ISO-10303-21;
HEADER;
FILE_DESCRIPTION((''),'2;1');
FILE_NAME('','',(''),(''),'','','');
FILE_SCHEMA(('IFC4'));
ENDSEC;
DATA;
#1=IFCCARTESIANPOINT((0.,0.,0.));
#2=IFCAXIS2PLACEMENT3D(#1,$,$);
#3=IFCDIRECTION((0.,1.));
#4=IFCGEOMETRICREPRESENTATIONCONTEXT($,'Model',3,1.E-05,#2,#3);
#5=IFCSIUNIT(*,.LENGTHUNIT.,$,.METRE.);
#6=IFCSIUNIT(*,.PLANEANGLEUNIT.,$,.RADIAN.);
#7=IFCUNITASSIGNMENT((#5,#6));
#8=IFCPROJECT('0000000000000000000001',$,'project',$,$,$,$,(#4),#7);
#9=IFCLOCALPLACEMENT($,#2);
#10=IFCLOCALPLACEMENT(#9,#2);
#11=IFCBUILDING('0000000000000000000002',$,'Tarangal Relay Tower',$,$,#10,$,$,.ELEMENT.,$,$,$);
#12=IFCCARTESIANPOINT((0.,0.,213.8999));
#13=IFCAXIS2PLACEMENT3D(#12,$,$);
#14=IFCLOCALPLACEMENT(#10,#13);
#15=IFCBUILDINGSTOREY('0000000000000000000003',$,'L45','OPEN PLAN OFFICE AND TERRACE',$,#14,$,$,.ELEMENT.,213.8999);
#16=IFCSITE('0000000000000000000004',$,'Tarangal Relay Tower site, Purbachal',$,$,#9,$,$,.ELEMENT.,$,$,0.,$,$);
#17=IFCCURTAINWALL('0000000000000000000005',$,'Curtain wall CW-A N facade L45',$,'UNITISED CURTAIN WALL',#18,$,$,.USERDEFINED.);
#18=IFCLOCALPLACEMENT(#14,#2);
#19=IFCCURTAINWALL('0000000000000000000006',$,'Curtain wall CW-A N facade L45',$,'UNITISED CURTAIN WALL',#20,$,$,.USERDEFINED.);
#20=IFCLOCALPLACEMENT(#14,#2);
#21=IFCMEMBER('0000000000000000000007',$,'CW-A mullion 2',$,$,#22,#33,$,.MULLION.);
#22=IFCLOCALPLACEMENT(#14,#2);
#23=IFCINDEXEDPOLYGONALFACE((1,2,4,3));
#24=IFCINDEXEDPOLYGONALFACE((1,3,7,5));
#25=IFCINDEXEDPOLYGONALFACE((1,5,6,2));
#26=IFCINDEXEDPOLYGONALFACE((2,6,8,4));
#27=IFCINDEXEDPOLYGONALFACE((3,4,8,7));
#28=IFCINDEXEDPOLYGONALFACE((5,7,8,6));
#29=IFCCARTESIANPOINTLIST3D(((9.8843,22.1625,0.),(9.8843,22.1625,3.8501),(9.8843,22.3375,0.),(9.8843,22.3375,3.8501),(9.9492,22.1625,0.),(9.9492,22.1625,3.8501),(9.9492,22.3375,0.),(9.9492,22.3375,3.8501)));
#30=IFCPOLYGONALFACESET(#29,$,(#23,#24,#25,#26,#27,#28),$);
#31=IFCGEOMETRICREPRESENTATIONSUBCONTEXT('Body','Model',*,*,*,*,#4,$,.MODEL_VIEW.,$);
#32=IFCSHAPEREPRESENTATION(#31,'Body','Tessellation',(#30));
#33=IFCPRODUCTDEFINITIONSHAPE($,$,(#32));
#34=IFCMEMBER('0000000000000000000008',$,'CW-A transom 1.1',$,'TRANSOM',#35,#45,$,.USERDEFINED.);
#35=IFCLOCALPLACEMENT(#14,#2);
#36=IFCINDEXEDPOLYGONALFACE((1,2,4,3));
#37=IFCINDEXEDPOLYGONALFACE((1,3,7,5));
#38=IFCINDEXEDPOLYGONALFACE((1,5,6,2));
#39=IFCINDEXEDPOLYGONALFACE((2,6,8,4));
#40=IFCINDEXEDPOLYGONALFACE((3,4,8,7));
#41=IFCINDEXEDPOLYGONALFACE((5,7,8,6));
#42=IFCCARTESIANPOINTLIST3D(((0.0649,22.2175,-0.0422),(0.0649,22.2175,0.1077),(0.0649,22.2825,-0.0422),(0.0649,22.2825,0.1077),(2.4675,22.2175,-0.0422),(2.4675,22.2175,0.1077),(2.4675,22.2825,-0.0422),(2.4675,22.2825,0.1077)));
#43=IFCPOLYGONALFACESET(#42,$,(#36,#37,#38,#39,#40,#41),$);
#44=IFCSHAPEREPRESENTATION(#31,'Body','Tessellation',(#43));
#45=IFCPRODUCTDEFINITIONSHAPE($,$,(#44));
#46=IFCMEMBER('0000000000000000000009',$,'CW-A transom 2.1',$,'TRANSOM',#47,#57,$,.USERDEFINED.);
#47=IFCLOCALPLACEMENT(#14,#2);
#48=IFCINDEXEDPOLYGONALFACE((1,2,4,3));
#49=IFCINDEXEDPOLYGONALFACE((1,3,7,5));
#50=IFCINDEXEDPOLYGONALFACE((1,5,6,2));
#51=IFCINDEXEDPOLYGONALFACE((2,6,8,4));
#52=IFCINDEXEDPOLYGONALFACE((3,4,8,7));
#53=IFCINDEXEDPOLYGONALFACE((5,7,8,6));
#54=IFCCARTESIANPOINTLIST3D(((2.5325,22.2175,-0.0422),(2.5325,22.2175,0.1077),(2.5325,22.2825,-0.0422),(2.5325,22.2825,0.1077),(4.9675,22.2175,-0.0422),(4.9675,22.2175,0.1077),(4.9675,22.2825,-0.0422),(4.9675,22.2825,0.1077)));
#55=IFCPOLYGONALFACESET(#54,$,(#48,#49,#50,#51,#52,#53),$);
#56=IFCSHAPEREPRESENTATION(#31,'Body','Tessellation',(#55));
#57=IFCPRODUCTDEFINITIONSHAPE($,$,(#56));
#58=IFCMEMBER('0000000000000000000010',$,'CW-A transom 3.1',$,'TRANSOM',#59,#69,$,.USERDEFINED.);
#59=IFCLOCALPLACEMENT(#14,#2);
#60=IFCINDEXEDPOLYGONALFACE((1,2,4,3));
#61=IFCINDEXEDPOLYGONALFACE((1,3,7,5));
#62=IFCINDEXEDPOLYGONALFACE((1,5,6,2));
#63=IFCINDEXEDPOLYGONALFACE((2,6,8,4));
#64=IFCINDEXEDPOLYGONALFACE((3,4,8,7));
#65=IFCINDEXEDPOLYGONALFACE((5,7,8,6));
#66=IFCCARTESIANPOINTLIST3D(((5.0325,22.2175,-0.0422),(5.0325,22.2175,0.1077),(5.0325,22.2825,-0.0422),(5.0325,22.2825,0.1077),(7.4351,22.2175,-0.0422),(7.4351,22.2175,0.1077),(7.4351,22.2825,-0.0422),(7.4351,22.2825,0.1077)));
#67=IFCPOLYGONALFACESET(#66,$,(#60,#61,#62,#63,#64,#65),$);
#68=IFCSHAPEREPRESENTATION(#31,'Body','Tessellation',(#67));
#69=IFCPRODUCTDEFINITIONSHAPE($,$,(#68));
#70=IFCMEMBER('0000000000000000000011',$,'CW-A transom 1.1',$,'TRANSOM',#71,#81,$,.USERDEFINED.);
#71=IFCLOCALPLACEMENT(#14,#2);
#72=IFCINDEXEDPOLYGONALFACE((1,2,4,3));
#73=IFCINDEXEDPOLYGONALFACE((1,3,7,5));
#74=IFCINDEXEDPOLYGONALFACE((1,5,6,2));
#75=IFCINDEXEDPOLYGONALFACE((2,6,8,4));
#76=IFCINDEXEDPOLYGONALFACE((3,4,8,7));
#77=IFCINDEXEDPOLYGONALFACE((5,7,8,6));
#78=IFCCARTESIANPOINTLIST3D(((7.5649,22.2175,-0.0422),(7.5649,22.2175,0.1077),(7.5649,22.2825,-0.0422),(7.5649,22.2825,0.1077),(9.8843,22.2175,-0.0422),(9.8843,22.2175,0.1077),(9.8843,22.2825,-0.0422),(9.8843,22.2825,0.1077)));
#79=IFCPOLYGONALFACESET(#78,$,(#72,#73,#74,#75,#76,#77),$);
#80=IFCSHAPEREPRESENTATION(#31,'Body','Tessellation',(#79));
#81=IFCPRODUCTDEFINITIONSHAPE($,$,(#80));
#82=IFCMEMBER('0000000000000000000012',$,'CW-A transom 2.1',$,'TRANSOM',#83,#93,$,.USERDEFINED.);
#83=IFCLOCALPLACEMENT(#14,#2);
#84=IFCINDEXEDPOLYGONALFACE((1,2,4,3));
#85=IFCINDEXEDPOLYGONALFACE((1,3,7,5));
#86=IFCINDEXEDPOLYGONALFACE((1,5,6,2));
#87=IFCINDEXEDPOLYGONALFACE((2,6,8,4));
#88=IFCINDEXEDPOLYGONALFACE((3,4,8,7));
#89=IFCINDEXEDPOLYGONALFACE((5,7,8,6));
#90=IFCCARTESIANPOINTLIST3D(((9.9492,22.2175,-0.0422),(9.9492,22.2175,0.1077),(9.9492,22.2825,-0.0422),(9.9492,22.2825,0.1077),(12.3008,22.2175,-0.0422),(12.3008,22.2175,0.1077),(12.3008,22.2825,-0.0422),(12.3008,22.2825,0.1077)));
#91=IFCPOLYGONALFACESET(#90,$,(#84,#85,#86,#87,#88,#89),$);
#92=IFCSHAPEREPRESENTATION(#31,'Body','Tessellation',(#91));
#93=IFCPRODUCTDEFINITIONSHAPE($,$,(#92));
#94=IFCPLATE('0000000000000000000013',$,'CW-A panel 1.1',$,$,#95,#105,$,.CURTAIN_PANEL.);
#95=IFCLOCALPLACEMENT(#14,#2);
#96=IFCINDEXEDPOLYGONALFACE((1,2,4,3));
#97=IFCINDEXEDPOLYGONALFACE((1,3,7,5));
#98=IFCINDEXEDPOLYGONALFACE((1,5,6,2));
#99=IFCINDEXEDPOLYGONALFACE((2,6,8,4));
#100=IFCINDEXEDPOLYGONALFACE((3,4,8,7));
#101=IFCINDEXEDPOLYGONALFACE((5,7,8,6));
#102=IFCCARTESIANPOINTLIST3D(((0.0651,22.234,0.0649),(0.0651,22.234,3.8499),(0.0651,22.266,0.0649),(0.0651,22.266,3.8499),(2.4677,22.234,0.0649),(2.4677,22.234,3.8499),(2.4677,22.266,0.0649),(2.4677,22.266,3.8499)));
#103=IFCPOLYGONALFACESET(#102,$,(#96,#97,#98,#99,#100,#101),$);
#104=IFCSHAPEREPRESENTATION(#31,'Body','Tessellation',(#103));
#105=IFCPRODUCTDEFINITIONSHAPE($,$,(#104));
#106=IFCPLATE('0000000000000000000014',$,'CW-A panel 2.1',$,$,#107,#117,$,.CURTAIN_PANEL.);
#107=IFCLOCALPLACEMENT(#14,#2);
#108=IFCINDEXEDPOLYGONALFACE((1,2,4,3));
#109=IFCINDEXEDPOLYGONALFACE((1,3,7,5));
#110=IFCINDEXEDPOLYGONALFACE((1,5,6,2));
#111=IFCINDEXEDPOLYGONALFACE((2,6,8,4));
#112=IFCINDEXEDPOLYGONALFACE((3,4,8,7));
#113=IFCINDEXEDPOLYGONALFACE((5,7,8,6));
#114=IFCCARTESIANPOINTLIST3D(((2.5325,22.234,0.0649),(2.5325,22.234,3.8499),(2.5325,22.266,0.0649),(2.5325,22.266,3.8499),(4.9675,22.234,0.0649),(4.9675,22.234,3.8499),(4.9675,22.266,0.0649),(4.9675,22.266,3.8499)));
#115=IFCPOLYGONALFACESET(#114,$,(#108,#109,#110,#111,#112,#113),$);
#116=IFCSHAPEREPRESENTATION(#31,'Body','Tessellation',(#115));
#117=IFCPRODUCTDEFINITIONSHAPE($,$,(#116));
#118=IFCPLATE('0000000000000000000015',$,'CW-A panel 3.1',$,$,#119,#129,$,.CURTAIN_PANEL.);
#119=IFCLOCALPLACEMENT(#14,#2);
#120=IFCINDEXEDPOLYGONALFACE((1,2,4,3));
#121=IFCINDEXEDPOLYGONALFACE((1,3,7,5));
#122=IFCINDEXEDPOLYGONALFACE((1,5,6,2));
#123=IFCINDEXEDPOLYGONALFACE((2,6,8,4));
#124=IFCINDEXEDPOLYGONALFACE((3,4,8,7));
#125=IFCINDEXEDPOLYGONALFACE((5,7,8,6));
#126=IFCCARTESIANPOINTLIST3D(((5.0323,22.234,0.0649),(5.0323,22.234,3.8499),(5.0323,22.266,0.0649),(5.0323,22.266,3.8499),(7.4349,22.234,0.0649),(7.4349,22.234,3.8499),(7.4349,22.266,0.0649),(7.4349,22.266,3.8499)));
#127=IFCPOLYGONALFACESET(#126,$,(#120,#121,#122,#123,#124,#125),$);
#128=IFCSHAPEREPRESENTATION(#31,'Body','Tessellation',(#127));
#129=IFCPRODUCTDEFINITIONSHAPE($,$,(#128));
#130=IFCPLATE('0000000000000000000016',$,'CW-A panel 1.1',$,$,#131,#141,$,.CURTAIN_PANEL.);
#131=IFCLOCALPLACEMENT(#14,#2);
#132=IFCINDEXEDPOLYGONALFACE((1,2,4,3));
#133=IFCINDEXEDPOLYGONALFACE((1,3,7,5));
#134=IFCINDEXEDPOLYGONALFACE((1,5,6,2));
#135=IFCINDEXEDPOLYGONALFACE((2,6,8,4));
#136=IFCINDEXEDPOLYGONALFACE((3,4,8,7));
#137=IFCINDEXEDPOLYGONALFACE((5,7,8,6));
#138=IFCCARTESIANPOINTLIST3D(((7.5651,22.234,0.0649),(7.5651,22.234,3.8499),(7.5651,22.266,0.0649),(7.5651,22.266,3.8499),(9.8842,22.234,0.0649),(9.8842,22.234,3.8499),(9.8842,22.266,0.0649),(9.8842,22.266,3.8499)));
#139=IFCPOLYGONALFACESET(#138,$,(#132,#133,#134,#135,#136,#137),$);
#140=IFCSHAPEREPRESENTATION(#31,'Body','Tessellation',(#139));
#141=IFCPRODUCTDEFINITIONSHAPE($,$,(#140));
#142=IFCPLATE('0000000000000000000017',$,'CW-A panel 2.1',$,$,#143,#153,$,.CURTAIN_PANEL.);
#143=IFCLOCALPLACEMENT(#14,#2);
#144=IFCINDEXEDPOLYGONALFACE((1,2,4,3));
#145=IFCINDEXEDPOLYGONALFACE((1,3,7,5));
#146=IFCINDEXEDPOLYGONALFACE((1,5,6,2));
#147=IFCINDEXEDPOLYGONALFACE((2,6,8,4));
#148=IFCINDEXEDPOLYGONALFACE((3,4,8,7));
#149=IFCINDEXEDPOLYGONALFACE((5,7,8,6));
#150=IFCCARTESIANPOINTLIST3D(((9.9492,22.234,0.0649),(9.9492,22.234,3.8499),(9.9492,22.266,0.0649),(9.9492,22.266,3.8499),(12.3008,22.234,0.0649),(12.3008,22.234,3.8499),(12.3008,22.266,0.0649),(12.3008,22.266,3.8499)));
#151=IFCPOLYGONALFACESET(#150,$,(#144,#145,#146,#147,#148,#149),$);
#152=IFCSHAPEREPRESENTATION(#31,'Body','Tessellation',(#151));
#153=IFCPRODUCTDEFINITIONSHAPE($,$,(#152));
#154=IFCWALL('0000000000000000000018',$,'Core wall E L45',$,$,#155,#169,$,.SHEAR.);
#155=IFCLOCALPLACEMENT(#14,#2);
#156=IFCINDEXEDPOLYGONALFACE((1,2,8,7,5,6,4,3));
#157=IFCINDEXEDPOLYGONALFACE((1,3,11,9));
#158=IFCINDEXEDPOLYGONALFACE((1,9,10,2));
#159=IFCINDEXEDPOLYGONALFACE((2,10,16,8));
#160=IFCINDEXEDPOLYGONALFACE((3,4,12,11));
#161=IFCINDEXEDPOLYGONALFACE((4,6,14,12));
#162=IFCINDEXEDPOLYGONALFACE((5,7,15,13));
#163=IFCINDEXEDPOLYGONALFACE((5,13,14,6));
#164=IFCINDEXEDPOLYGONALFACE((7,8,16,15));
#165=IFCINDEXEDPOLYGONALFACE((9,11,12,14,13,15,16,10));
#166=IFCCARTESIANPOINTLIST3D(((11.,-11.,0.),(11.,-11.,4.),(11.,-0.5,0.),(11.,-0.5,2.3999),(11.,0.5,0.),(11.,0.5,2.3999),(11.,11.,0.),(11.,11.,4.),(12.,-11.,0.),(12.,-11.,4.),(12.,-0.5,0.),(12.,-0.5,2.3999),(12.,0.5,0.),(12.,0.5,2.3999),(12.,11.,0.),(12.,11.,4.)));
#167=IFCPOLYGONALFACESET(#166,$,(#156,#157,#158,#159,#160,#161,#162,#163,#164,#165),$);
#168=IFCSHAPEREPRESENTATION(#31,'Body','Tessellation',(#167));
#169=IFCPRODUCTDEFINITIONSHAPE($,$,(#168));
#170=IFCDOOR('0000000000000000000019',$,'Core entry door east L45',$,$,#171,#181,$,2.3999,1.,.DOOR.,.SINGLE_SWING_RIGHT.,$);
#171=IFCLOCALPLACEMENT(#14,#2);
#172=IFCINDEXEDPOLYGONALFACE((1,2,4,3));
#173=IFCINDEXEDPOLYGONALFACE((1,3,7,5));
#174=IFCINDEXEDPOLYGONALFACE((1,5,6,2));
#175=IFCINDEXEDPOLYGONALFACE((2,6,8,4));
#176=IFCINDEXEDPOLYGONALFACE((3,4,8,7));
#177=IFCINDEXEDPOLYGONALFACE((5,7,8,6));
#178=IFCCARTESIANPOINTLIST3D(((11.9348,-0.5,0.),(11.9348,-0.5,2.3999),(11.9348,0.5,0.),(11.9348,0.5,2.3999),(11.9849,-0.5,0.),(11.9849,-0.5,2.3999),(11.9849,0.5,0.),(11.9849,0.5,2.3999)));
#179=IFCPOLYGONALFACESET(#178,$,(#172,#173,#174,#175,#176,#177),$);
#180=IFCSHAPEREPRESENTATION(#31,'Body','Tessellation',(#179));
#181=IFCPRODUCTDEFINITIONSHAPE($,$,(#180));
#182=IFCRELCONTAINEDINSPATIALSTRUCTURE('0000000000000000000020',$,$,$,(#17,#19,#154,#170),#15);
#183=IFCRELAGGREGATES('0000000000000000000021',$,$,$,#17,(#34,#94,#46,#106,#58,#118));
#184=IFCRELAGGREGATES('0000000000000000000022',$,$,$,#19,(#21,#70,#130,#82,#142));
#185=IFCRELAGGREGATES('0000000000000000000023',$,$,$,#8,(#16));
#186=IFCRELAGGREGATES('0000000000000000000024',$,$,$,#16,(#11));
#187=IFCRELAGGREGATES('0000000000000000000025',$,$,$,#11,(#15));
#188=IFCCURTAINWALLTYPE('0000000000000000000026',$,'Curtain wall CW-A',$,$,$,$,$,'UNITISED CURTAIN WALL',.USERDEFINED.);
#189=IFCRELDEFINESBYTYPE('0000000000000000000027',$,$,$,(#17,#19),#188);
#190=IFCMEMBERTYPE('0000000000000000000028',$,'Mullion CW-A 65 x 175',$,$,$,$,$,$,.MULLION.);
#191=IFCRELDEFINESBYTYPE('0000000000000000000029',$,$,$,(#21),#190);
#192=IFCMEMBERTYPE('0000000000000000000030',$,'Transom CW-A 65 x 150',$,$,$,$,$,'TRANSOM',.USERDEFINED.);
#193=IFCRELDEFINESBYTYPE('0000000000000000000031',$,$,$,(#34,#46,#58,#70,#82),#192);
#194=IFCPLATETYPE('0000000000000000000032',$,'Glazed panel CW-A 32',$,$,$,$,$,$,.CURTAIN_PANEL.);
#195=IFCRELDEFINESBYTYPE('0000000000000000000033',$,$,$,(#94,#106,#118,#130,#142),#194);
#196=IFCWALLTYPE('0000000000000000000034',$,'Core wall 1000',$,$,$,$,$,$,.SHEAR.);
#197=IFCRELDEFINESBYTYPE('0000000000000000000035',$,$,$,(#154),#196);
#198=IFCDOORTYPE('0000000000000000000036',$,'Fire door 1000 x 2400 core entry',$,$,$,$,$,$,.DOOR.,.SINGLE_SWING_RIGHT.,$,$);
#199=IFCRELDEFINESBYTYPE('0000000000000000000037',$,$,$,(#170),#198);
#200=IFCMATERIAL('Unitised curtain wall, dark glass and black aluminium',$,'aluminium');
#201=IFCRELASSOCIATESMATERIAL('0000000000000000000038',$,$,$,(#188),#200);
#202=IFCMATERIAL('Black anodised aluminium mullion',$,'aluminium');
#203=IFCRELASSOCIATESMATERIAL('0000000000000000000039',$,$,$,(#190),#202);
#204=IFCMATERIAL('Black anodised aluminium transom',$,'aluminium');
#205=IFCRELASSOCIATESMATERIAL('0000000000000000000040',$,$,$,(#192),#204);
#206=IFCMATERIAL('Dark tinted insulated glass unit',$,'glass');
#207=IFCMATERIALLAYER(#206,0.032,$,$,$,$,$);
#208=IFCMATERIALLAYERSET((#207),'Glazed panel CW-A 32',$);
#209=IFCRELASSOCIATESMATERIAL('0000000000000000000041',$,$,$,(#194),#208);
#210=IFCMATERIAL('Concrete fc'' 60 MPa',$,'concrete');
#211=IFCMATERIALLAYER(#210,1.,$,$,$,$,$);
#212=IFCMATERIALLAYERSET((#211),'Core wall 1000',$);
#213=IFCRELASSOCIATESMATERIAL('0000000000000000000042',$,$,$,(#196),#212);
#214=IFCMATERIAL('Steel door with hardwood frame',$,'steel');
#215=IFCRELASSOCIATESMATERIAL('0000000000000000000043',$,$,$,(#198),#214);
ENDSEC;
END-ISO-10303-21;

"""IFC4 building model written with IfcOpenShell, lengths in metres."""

from ifc_helpers import new_model, si_unit, direction, frame, frame_2d, origin, origin_2d, place, context, subcontext, project, spatial, rectangle, extrude, material, layer, layer_set, material_profile, profile_set, type_object, element, fill, aggregate, save


model = new_model("IFC4")

# Units and contexts
model_context = context("Model", 3, precision=1e-05, world=origin(), true_north=direction((0.0, 1.0)))
body_context = subcontext(model_context, "Body", "Model", "MODEL_VIEW")
ifc_project = project(units=[si_unit("LENGTHUNIT", "METRE"), si_unit("PLANEANGLEUNIT", "RADIAN")], contexts=[model_context])

# Site, building, storey
site_placement = place(None, origin())
site = spatial("IfcSite", under=ifc_project, at=site_placement, Name="Tarangal Relay Tower site, Purbachal", CompositionType="ELEMENT", RefElevation=0.0)
building_placement = place(site_placement, origin())
building = spatial("IfcBuilding", under=site, at=building_placement, Name="Tarangal Relay Tower", CompositionType="ELEMENT")
storey_placement = place(building_placement, frame((0.0, 0.0, 213.8999)))
storey = spatial("IfcBuildingStorey", under=building, at=storey_placement, Name="L45", Description="OPEN PLAN OFFICE AND TERRACE", CompositionType="ELEMENT", Elevation=213.8999)

# Curtain walls, member
ifc_material_1 = material(Name="Unitised curtain wall, dark glass and black aluminium", Category="aluminium")
curtain_wall_type = type_object("IfcCurtainWallType", Name="Curtain wall CW-A", ElementType="UNITISED CURTAIN WALL", PredefinedType="USERDEFINED", material=ifc_material_1)
curtain_wall_1_placement = place(storey_placement, origin())
curtain_wall_1 = element("IfcCurtainWall", 1, at=curtain_wall_1_placement, inside=storey, type_object=curtain_wall_type, Name="Curtain wall CW-A N facade L45", ObjectType="UNITISED CURTAIN WALL", PredefinedType="USERDEFINED")
ifc_material_2 = material(Name="Black anodised aluminium mullion", Category="aluminium")
ifc_material_profile_1 = material_profile(ifc_material_2, rectangle(XDim=0.175, YDim=0.0649, at=origin_2d()), Name="CW-AM 65X175")
ifc_profile_set_1 = profile_set([ifc_material_profile_1], Name="Black anodised aluminium mullion")
member_type_1 = type_object("IfcMemberType", Name="Mullion CW-A 65 x 175", PredefinedType="MULLION", material=ifc_profile_set_1)
curtain_wall_2_placement = place(storey_placement, origin())
curtain_wall_2 = element("IfcCurtainWall", 2, at=curtain_wall_2_placement, inside=storey, type_object=curtain_wall_type, Name="Curtain wall CW-A N facade L45", ObjectType="UNITISED CURTAIN WALL", PredefinedType="USERDEFINED")
member_1_placement = place(storey_placement, frame((9.9167, 22.25, 0.0), z_axis=(0.0, 0.0, 1.0), x_axis=(0.0, 1.0, 0.0)))
member_1 = element("IfcMember", 3, at=member_1_placement, type_object=member_type_1, Name="CW-A mullion 2", PredefinedType="MULLION", context=body_context, shape_type="SweptSolid", body=[
    extrude(rectangle(XDim=0.175, YDim=0.0649, at=origin_2d()), origin(), (0.0, 0.0, 1.0), 3.8501),
])

# Members
ifc_material_3 = material(Name="Black anodised aluminium transom", Category="aluminium")
ifc_material_profile_2 = material_profile(ifc_material_3, rectangle(XDim=0.0649, YDim=0.1499, at=origin_2d()), Name="CW-AT 65X150")
ifc_profile_set_2 = profile_set([ifc_material_profile_2], Name="Black anodised aluminium transom")
member_type_2 = type_object("IfcMemberType", Name="Transom CW-A 65 x 150", ElementType="TRANSOM", PredefinedType="USERDEFINED", material=ifc_profile_set_2)
member_2_placement = place(storey_placement, frame((0.0649, 22.25, 0.0327), z_axis=(1.0, 0.0, 0.0), x_axis=(0.0, 1.0, 0.0)))
member_2 = element("IfcMember", 4, at=member_2_placement, type_object=member_type_2, Name="CW-A transom 1.1", ObjectType="TRANSOM", PredefinedType="USERDEFINED", context=body_context, shape_type="SweptSolid", body=[
    extrude(rectangle(XDim=0.0649, YDim=0.1499, at=origin_2d()), origin(), (0.0, 0.0, 1.0), 2.4026),
])
member_3_placement = place(storey_placement, frame((2.5325, 22.25, 0.0327), z_axis=(1.0, 0.0, 0.0), x_axis=(0.0, 1.0, 0.0)))
member_3 = element("IfcMember", 5, at=member_3_placement, type_object=member_type_2, Name="CW-A transom 2.1", ObjectType="TRANSOM", PredefinedType="USERDEFINED", context=body_context, shape_type="SweptSolid", body=[
    extrude(rectangle(XDim=0.0649, YDim=0.1499, at=origin_2d()), origin(), (0.0, 0.0, 1.0), 2.4351),
])
member_4_placement = place(storey_placement, frame((5.0325, 22.25, 0.0327), z_axis=(1.0, 0.0, 0.0), x_axis=(0.0, 1.0, 0.0)))
member_4 = element("IfcMember", 6, at=member_4_placement, type_object=member_type_2, Name="CW-A transom 3.1", ObjectType="TRANSOM", PredefinedType="USERDEFINED", context=body_context, shape_type="SweptSolid", body=[
    extrude(rectangle(XDim=0.0649, YDim=0.1499, at=origin_2d()), origin(), (0.0, 0.0, 1.0), 2.4026),
])
member_5_placement = place(storey_placement, frame((7.5649, 22.25, 0.0327), z_axis=(1.0, 0.0, 0.0), x_axis=(0.0, 1.0, 0.0)))
member_5 = element("IfcMember", 7, at=member_5_placement, type_object=member_type_2, Name="CW-A transom 1.1", ObjectType="TRANSOM", PredefinedType="USERDEFINED", context=body_context, shape_type="SweptSolid", body=[
    extrude(rectangle(XDim=0.0649, YDim=0.1499, at=origin_2d()), origin(), (0.0, 0.0, 1.0), 2.3193),
])
member_6_placement = place(storey_placement, frame((9.9492, 22.25, 0.0327), z_axis=(1.0, 0.0, 0.0), x_axis=(0.0, 1.0, 0.0)))
member_6 = element("IfcMember", 8, at=member_6_placement, type_object=member_type_2, Name="CW-A transom 2.1", ObjectType="TRANSOM", PredefinedType="USERDEFINED", context=body_context, shape_type="SweptSolid", body=[
    extrude(rectangle(XDim=0.0649, YDim=0.1499, at=origin_2d()), origin(), (0.0, 0.0, 1.0), 2.3516),
])

# Plates
ifc_material_4 = material(Name="Dark tinted insulated glass unit", Category="glass")
ifc_layer_1 = layer(ifc_material_4, 0.032)
ifc_layer_set_1 = layer_set([ifc_layer_1], Name="Glazed panel CW-A 32")
plate_type = type_object("IfcPlateType", Name="Glazed panel CW-A 32", PredefinedType="CURTAIN_PANEL", material=ifc_layer_set_1)
plate_1_placement = place(storey_placement, frame((1.2664, 22.25, 0.0649), z_axis=(0.0, 0.0, 1.0), x_axis=(1.0, 0.0, 0.0)))
plate_1 = element("IfcPlate", 9, at=plate_1_placement, type_object=plate_type, Name="CW-A panel 1.1", PredefinedType="CURTAIN_PANEL", context=body_context, shape_type="SweptSolid", body=[
    extrude(rectangle(XDim=2.4026, YDim=0.032, at=origin_2d()), origin(), (0.0, 0.0, 1.0), 3.7849),
])
plate_2_placement = place(storey_placement, frame((3.75, 22.25, 0.0649), z_axis=(0.0, 0.0, 1.0), x_axis=(1.0, 0.0, 0.0)))
plate_2 = element("IfcPlate", 10, at=plate_2_placement, type_object=plate_type, Name="CW-A panel 2.1", PredefinedType="CURTAIN_PANEL", context=body_context, shape_type="SweptSolid", body=[
    extrude(rectangle(XDim=2.4351, YDim=0.032, at=origin_2d()), origin(), (0.0, 0.0, 1.0), 3.7849),
])
plate_3_placement = place(storey_placement, frame((6.2336, 22.25, 0.0649), z_axis=(0.0, 0.0, 1.0), x_axis=(1.0, 0.0, 0.0)))
plate_3 = element("IfcPlate", 11, at=plate_3_placement, type_object=plate_type, Name="CW-A panel 3.1", PredefinedType="CURTAIN_PANEL", context=body_context, shape_type="SweptSolid", body=[
    extrude(rectangle(XDim=2.4026, YDim=0.032, at=origin_2d()), origin(), (0.0, 0.0, 1.0), 3.7849),
])
aggregate(curtain_wall_1, [member_2, plate_1, member_3, plate_2, member_4, plate_3])
plate_4_placement = place(storey_placement, frame((8.7246, 22.25, 0.0649), z_axis=(0.0, 0.0, 1.0), x_axis=(1.0, 0.0, 0.0)))
plate_4 = element("IfcPlate", 12, at=plate_4_placement, type_object=plate_type, Name="CW-A panel 1.1", PredefinedType="CURTAIN_PANEL", context=body_context, shape_type="SweptSolid", body=[
    extrude(rectangle(XDim=2.3191, YDim=0.032, at=origin_2d()), origin(), (0.0, 0.0, 1.0), 3.7849),
])
plate_5_placement = place(storey_placement, frame((11.125, 22.25, 0.0649), z_axis=(0.0, 0.0, 1.0), x_axis=(1.0, 0.0, 0.0)))
plate_5 = element("IfcPlate", 13, at=plate_5_placement, type_object=plate_type, Name="CW-A panel 2.1", PredefinedType="CURTAIN_PANEL", context=body_context, shape_type="SweptSolid", body=[
    extrude(rectangle(XDim=2.3516, YDim=0.032, at=origin_2d()), origin(), (0.0, 0.0, 1.0), 3.7849),
])
aggregate(curtain_wall_2, [member_1, member_5, plate_4, member_6, plate_5])

# Wall, opening, door
ifc_material_5 = material(Name="Concrete fc' 60 MPa", Category="concrete")
ifc_layer_2 = layer(ifc_material_5, 1.0)
ifc_layer_set_2 = layer_set([ifc_layer_2], Name="Core wall 1000")
wall_type_1 = type_object("IfcWallType", Name="Core wall 1000", PredefinedType="SHEAR", material=ifc_layer_set_2)
wall_1_placement = place(storey_placement, frame((11.5, 11.0, 0.0), z_axis=(0.0, 0.0, 1.0), x_axis=(0.0, -1.0, 0.0)))
wall_1 = element("IfcWall", 14, at=wall_1_placement, inside=storey, type_object=wall_type_1, Name="Core wall E L45", PredefinedType="SHEAR", context=body_context, shape_type="SweptSolid", body=[
    extrude(rectangle(XDim=22.0, YDim=1.0, at=frame_2d((11.0, 0.0))), origin(), (0.0, 0.0, 1.0), 4.0),
])
opening_1_placement = place(wall_1_placement, frame((10.5, 0.0, 0.0)))
opening_1 = element("IfcOpeningElement", 15, at=opening_1_placement, cuts=wall_1, PredefinedType="OPENING", context=body_context, shape_type="SweptSolid", body=[
    extrude(rectangle(XDim=1.0, YDim=2.3999, at=frame_2d((0.5, 1.2))), frame((0.0, 0.51, 0.0), z_axis=(0.0, -1.0, 0.0), x_axis=(1.0, 0.0, 0.0)), (0.0, 0.0, 1.0), 1.02),
])
ifc_material_6 = material(Name="Steel door with hardwood frame", Category="steel")
door_type_1 = type_object("IfcDoorType", Name="Fire door 1000 x 2400 core entry", OperationType="SINGLE_SWING_RIGHT", PredefinedType="DOOR", material=ifc_material_6)
door_1_placement = place(opening_1_placement, origin())
door_1 = element("IfcDoor", 16, at=door_1_placement, inside=storey, type_object=door_type_1, Name="Core entry door east L45", OperationType="SINGLE_SWING_RIGHT", OverallHeight=2.3999, OverallWidth=1.0, PredefinedType="DOOR", context=body_context, shape_type="SweptSolid", body=[
    extrude(rectangle(XDim=1.0, YDim=2.3999, at=frame_2d((0.5, 1.2))), frame((0.0, 0.4849, 0.0), z_axis=(0.0, -1.0, 0.0), x_axis=(1.0, 0.0, 0.0)), (0.0, 0.0, 1.0), 0.05),
])
fill(opening_1, door_1)

save(model, "model.ifc")
